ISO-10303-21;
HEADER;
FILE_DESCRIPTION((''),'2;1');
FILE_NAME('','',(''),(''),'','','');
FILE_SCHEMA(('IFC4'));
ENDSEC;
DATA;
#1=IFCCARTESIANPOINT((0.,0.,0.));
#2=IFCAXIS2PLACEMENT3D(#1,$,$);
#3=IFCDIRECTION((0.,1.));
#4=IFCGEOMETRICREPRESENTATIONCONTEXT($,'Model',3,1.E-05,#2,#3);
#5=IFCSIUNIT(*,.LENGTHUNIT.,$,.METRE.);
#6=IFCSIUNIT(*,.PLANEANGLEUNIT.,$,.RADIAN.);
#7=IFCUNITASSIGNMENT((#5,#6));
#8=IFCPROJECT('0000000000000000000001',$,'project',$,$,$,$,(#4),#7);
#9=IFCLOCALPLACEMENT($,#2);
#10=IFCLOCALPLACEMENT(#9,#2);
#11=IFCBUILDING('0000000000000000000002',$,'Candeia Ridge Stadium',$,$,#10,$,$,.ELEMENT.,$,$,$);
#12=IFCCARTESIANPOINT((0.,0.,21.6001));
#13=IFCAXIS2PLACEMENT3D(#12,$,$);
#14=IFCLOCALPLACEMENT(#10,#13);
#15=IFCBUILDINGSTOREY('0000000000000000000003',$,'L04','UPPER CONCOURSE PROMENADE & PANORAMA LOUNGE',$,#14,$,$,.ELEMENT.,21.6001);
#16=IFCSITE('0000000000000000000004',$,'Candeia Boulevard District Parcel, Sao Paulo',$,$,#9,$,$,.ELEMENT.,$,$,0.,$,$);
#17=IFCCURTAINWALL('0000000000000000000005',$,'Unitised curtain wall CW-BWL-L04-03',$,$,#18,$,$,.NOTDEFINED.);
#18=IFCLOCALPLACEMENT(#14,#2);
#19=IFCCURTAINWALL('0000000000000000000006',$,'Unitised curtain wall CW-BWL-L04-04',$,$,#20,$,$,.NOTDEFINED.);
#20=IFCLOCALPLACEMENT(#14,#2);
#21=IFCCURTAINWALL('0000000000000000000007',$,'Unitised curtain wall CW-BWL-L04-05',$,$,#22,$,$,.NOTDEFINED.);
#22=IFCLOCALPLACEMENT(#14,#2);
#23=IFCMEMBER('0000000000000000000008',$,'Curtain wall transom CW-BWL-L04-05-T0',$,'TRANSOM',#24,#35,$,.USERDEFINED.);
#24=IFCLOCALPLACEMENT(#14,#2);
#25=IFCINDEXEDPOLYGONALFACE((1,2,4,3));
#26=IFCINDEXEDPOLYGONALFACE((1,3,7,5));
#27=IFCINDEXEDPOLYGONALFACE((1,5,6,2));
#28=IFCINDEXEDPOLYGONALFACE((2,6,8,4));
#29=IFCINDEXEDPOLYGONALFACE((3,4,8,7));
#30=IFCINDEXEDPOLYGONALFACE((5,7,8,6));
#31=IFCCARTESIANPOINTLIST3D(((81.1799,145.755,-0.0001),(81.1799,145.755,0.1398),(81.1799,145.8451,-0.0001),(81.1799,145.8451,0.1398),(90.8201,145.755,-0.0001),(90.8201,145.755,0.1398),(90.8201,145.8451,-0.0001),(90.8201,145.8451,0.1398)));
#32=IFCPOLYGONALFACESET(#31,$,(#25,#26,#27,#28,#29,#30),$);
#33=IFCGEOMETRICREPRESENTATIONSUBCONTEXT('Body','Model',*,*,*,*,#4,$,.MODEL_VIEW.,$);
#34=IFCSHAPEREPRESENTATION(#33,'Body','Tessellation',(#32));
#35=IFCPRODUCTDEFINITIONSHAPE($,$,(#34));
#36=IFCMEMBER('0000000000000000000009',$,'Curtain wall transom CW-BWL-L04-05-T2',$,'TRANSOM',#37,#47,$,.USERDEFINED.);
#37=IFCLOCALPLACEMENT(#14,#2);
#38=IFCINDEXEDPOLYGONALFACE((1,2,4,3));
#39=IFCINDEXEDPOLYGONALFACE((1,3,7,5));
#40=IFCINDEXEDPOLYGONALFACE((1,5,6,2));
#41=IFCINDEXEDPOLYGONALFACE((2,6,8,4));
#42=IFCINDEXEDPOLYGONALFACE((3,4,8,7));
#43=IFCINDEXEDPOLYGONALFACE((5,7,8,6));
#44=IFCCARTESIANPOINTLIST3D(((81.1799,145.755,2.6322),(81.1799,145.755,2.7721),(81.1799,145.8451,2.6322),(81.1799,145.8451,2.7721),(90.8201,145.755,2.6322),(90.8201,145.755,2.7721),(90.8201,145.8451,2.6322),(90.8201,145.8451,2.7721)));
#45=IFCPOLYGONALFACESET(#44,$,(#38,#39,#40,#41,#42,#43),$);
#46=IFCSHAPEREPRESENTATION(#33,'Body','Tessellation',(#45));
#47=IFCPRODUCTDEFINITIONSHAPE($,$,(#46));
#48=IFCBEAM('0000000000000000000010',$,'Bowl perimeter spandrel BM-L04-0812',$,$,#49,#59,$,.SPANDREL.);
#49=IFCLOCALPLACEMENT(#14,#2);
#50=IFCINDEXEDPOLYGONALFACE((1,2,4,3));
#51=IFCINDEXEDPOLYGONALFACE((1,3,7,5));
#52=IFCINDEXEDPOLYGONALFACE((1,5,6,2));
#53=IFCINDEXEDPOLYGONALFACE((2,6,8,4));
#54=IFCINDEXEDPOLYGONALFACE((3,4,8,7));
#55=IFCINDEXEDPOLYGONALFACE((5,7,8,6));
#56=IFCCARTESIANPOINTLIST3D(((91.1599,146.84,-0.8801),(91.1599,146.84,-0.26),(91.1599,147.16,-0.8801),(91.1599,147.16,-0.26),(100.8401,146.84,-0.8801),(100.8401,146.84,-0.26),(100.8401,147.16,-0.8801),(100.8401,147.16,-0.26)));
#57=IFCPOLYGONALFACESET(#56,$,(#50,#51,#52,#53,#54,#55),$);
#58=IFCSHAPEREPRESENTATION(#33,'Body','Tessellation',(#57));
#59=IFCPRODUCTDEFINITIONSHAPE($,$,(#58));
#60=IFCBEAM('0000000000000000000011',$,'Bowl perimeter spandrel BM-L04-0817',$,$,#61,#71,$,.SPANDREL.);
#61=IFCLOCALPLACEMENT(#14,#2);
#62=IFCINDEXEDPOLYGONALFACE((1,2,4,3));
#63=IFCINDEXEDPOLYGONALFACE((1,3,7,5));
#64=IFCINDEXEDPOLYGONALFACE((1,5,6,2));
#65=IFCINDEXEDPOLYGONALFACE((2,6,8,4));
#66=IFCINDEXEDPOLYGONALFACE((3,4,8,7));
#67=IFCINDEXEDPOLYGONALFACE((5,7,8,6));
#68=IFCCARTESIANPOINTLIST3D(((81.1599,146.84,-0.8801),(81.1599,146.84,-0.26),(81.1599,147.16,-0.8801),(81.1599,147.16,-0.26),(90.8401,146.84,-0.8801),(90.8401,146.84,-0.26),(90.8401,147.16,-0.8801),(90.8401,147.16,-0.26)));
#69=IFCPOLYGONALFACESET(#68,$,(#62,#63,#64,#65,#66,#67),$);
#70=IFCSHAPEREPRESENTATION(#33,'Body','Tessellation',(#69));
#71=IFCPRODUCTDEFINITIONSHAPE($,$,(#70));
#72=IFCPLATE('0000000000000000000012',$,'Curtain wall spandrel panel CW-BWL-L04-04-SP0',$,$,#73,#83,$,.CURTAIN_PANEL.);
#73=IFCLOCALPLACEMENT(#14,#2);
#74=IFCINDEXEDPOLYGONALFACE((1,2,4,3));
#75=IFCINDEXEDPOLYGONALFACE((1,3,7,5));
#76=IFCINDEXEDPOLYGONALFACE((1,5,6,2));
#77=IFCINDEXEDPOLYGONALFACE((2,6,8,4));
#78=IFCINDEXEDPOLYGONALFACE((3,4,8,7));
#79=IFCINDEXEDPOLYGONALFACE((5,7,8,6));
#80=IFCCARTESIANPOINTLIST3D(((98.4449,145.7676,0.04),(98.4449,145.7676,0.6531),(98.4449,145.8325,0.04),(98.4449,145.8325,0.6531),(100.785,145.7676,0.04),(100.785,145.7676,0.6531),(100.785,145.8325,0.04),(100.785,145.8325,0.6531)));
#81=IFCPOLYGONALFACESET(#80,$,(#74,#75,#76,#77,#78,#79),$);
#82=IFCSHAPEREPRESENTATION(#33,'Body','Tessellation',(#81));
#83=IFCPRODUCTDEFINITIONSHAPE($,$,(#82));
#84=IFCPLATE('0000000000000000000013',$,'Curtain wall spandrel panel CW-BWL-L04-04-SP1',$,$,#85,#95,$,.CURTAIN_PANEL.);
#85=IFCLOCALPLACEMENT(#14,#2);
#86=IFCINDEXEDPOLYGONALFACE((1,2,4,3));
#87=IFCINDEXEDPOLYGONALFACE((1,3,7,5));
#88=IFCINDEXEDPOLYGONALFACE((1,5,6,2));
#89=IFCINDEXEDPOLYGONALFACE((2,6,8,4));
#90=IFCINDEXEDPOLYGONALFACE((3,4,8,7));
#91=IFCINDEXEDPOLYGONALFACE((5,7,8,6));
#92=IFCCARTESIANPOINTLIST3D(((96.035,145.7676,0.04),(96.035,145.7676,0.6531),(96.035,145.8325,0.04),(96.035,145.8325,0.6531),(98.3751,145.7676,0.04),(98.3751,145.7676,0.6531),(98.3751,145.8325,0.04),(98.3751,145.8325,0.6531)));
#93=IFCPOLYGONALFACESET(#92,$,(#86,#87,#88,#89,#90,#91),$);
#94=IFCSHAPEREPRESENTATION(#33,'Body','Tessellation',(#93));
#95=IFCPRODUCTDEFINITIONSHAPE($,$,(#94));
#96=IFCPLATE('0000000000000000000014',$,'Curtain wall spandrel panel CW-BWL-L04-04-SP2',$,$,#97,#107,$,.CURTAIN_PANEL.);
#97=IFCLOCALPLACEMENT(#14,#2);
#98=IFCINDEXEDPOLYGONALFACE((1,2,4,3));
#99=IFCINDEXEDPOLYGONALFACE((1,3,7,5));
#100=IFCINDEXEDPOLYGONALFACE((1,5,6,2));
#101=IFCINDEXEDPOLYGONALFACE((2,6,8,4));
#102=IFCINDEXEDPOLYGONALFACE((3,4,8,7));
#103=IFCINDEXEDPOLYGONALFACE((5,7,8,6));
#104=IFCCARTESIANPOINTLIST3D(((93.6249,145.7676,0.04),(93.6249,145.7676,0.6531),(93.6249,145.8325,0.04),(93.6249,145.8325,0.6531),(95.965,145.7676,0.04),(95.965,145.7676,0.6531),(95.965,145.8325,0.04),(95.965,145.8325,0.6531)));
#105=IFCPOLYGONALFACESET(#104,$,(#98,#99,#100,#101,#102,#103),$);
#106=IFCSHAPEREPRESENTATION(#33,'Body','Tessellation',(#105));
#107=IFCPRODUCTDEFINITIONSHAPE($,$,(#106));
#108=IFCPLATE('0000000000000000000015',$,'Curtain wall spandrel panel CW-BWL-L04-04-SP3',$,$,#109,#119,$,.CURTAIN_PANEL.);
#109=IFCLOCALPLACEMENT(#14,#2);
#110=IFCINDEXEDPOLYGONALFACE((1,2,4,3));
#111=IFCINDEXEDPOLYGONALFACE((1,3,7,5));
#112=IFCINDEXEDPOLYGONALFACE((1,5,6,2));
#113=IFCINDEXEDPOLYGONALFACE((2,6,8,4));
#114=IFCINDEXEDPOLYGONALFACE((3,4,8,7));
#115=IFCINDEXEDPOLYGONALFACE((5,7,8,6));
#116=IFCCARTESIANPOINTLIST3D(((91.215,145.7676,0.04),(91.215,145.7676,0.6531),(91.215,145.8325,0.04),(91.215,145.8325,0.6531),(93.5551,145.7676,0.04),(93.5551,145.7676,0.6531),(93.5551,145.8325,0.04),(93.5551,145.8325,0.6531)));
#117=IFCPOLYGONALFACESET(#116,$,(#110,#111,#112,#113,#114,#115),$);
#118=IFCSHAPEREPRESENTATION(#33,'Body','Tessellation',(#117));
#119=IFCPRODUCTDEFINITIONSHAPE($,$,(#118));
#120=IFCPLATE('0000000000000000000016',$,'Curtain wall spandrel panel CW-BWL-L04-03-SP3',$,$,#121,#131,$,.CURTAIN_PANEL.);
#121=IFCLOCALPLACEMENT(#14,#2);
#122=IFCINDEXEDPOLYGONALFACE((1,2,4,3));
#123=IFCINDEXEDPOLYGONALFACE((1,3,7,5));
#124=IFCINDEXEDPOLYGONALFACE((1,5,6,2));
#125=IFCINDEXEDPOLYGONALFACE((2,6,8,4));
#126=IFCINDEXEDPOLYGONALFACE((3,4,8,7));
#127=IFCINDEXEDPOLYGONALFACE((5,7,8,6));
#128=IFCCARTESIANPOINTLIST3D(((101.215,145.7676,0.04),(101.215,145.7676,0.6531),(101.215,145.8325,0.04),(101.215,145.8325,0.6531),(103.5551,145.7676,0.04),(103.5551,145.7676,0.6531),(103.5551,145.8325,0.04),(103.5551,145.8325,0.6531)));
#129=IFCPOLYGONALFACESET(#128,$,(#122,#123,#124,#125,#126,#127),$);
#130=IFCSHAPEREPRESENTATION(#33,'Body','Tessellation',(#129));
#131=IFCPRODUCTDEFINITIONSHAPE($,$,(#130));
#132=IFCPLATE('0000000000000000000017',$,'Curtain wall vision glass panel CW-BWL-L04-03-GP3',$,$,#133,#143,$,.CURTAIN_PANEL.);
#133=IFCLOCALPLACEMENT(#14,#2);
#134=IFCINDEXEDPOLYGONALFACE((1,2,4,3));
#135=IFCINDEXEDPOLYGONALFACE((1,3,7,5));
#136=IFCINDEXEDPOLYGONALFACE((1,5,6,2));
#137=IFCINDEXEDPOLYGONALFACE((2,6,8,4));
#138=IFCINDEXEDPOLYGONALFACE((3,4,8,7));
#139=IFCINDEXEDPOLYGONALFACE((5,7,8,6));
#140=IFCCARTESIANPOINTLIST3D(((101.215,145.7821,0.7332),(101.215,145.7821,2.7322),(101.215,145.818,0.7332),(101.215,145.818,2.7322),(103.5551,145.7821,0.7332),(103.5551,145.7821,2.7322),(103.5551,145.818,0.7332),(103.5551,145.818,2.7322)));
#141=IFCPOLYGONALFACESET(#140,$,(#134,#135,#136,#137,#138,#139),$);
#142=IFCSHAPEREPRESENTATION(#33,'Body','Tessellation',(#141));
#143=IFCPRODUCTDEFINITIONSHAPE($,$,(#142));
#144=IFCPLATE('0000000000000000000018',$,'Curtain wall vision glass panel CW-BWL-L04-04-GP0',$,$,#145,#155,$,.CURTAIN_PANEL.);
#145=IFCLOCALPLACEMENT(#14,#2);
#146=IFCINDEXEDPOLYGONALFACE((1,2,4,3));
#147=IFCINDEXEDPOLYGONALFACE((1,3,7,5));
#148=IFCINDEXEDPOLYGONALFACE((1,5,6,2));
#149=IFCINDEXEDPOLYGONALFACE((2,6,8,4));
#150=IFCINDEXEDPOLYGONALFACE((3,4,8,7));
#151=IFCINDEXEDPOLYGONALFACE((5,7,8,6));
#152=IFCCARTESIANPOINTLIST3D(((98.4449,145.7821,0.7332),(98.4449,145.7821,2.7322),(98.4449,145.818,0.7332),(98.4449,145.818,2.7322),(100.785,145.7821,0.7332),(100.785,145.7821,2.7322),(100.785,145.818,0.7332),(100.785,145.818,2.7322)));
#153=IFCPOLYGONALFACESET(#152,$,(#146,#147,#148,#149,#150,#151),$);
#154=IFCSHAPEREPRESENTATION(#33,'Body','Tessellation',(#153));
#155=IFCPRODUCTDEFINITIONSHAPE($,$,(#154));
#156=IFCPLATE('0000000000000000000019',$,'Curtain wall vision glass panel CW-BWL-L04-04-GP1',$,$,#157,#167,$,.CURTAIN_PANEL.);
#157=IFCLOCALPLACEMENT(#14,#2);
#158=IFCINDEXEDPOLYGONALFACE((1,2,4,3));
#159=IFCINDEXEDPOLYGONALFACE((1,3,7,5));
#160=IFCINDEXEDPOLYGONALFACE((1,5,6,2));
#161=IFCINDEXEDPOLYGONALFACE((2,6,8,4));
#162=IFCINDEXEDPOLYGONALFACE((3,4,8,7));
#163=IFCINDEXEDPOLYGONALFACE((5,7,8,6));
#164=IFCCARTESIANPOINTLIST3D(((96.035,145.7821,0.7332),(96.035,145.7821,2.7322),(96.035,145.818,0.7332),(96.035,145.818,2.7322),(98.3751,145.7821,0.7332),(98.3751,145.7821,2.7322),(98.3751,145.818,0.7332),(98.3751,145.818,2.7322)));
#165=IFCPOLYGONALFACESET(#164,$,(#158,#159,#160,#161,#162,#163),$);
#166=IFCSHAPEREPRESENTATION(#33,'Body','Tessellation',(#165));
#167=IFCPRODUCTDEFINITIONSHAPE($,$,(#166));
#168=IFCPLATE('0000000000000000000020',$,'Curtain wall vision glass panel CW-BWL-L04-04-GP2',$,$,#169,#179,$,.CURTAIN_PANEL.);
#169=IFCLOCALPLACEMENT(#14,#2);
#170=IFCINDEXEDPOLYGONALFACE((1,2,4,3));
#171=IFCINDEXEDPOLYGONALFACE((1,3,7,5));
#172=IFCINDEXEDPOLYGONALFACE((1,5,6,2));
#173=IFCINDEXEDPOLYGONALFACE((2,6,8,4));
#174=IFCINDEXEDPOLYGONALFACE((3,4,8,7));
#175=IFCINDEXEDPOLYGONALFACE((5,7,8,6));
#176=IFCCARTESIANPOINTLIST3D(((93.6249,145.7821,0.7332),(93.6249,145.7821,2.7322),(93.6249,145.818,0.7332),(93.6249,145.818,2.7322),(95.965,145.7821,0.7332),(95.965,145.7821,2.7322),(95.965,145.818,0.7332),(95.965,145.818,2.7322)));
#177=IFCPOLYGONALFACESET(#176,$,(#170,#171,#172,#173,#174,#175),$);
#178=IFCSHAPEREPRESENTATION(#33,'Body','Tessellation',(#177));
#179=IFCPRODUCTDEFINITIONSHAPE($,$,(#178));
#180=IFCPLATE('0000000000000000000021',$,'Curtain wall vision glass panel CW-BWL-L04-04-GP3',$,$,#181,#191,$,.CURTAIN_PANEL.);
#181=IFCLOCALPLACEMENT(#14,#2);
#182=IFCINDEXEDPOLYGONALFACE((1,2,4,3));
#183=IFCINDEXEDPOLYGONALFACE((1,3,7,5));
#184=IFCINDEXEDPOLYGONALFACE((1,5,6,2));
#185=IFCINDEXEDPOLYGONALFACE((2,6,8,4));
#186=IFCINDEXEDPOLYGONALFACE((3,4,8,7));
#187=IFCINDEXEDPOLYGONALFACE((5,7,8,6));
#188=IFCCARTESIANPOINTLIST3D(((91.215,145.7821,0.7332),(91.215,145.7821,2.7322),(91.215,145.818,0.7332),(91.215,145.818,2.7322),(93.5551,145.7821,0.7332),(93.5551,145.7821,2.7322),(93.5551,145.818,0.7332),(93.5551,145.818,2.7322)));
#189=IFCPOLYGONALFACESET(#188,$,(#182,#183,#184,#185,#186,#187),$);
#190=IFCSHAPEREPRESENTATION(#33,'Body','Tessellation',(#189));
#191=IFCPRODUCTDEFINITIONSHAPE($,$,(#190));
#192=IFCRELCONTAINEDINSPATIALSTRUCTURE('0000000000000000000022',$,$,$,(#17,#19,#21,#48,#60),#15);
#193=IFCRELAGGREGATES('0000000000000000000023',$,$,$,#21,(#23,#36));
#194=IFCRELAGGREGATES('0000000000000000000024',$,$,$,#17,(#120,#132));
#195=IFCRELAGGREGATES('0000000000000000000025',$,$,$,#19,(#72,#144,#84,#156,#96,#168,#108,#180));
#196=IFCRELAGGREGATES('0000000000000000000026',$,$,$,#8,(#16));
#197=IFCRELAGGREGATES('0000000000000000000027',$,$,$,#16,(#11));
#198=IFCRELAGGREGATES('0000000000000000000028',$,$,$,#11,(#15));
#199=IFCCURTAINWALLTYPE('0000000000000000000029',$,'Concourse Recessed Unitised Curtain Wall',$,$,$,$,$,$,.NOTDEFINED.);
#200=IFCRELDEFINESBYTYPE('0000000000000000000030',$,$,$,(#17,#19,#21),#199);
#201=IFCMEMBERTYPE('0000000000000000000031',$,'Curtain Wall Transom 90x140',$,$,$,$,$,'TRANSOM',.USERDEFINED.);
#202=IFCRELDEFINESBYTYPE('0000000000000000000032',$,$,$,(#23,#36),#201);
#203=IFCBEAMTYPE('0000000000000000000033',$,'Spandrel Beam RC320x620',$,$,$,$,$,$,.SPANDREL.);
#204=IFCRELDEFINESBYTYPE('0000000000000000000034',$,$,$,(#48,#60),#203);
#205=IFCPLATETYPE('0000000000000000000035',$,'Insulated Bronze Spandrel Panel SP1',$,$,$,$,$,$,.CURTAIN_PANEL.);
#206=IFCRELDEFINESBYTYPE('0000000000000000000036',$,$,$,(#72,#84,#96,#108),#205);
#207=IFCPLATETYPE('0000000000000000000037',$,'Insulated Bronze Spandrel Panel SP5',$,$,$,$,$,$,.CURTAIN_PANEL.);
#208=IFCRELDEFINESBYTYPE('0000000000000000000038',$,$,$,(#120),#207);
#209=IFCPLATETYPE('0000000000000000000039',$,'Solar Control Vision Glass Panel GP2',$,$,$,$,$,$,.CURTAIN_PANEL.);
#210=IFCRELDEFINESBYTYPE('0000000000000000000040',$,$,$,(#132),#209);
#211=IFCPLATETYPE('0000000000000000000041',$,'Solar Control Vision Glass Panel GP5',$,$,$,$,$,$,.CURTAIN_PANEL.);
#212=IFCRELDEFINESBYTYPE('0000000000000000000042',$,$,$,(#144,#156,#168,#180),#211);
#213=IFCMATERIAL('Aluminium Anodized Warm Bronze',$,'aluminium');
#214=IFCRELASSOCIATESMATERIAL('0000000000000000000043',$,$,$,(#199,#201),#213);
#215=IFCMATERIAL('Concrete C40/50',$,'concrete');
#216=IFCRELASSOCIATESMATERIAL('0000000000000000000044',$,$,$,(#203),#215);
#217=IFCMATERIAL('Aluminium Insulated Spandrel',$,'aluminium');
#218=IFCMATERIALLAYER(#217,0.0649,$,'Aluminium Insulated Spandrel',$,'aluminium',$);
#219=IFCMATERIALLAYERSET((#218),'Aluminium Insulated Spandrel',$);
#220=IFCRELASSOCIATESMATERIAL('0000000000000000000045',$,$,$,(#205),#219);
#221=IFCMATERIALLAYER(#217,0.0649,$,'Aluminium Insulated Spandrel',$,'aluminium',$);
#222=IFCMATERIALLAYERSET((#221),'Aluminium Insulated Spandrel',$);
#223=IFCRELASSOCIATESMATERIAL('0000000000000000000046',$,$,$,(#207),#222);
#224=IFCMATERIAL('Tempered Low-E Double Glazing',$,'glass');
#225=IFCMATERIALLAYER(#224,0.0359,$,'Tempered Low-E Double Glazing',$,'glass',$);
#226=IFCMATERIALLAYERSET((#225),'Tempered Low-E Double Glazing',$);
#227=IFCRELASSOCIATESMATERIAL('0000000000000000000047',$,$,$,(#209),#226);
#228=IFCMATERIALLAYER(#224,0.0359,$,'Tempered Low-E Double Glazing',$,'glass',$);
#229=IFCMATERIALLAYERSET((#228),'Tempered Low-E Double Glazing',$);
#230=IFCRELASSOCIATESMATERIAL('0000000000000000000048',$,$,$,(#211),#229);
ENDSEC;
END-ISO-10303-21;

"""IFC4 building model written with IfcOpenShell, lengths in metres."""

from ifc_helpers import new_model, si_unit, direction, frame, origin, origin_2d, place, context, subcontext, project, spatial, rectangle, extrude, material, layer, layer_set, material_profile, profile_set, type_object, element, aggregate, save


model = new_model("IFC4")

# Units and contexts
model_context = context("Model", 3, precision=1e-05, world=origin(), true_north=direction((0.0, 1.0)))
body_context = subcontext(model_context, "Body", "Model", "MODEL_VIEW")
ifc_project = project(units=[si_unit("LENGTHUNIT", "METRE"), si_unit("PLANEANGLEUNIT", "RADIAN")], contexts=[model_context])

# Site, building, storey
site_placement = place(None, origin())
site = spatial("IfcSite", under=ifc_project, at=site_placement, Name="Candeia Boulevard District Parcel, Sao Paulo", CompositionType="ELEMENT", RefElevation=0.0)
building_placement = place(site_placement, origin())
building = spatial("IfcBuilding", under=site, at=building_placement, Name="Candeia Ridge Stadium", CompositionType="ELEMENT")
storey_placement = place(building_placement, frame((0.0, 0.0, 21.6001)))
storey = spatial("IfcBuildingStorey", under=building, at=storey_placement, Name="L04", Description="UPPER CONCOURSE PROMENADE & PANORAMA LOUNGE", CompositionType="ELEMENT", Elevation=21.6001)

# Curtain wall
ifc_material_1 = material(Name="Aluminium Anodized Warm Bronze", Category="aluminium")
curtain_wall_type = type_object("IfcCurtainWallType", Name="Concourse Recessed Unitised Curtain Wall", PredefinedType="NOTDEFINED", material=ifc_material_1)
curtain_wall_1_placement = place(storey_placement, origin())
curtain_wall_1 = element("IfcCurtainWall", 1, at=curtain_wall_1_placement, inside=storey, type_object=curtain_wall_type, Name="Unitised curtain wall CW-BWL-L04-03", PredefinedType="NOTDEFINED")

# Curtain wall
curtain_wall_2_placement = place(storey_placement, origin())
curtain_wall_2 = element("IfcCurtainWall", 2, at=curtain_wall_2_placement, inside=storey, type_object=curtain_wall_type, Name="Unitised curtain wall CW-BWL-L04-04", PredefinedType="NOTDEFINED")

# Curtain wall
curtain_wall_3_placement = place(storey_placement, origin())
curtain_wall_3 = element("IfcCurtainWall", 3, at=curtain_wall_3_placement, inside=storey, type_object=curtain_wall_type, Name="Unitised curtain wall CW-BWL-L04-05", PredefinedType="NOTDEFINED")

# Members
ifc_material_profile_1 = material_profile(ifc_material_1, rectangle(XDim=0.0901, YDim=0.1399, at=origin_2d()), Name="CWT-90x140", Category="aluminium")
ifc_profile_set_1 = profile_set([ifc_material_profile_1], Name="Aluminium Anodized Warm Bronze")
member_type_1 = type_object("IfcMemberType", Name="Curtain Wall Transom 90x140", ElementType="TRANSOM", PredefinedType="USERDEFINED", material=ifc_profile_set_1)
member_1_placement = place(storey_placement, frame((90.8201, 145.8, 0.0698), z_axis=(-1.0, 0.0, 0.0), x_axis=(0.0, -1.0, 0.0)))
member_1 = element("IfcMember", 4, at=member_1_placement, type_object=member_type_1, Name="Curtain wall transom CW-BWL-L04-05-T0", ObjectType="TRANSOM", PredefinedType="USERDEFINED", context=body_context, shape_type="SweptSolid", body=[
    extrude(rectangle(XDim=0.0901, YDim=0.1399, at=origin_2d()), origin(), (0.0, 0.0, 1.0), 9.6401),
])
member_2_placement = place(storey_placement, frame((90.8201, 145.8, 2.7021), z_axis=(-1.0, 0.0, 0.0), x_axis=(0.0, -1.0, 0.0)))
member_2 = element("IfcMember", 5, at=member_2_placement, type_object=member_type_1, Name="Curtain wall transom CW-BWL-L04-05-T2", ObjectType="TRANSOM", PredefinedType="USERDEFINED", context=body_context, shape_type="SweptSolid", body=[
    extrude(rectangle(XDim=0.0901, YDim=0.1399, at=origin_2d()), origin(), (0.0, 0.0, 1.0), 9.6401),
])
aggregate(curtain_wall_3, [member_1, member_2])

# Beams
ifc_material_2 = material(Name="Concrete C40/50", Category="concrete")
ifc_material_profile_2 = material_profile(ifc_material_2, rectangle(XDim=0.3201, YDim=0.6201, at=origin_2d()), Name="RC320x620", Category="concrete")
ifc_profile_set_2 = profile_set([ifc_material_profile_2], Name="Concrete C40/50")
beam_type = type_object("IfcBeamType", Name="Spandrel Beam RC320x620", PredefinedType="SPANDREL", material=ifc_profile_set_2)
for number, where, z_axis, x_axis, name in (
    (6, (100.8401, 147.0, -0.5701), (-1.0, 0.0, 0.0), (0.0, -1.0, 0.0), "Bowl perimeter spandrel BM-L04-0812"),
    (7, (90.8401, 147.0, -0.5701), (-1.0, 0.0, 0.0), (0.0, -1.0, 0.0), "Bowl perimeter spandrel BM-L04-0817"),
):
    element("IfcBeam", number, at=place(storey_placement, frame(where, z_axis=z_axis, x_axis=x_axis)), inside=storey, type_object=beam_type, Name=name, PredefinedType="SPANDREL", context=body_context, shape_type="SweptSolid", body=[
        extrude(rectangle(XDim=0.3201, YDim=0.6201, at=origin_2d()), origin(), (0.0, 0.0, 1.0), 9.6802),
    ])

# Plates
ifc_material_3 = material(Name="Aluminium Insulated Spandrel", Category="aluminium")
ifc_layer_1 = layer(ifc_material_3, 0.0649, Name="Aluminium Insulated Spandrel", Category="aluminium")
ifc_layer_set_1 = layer_set([ifc_layer_1], Name="Aluminium Insulated Spandrel")
plate_type_1 = type_object("IfcPlateType", Name="Insulated Bronze Spandrel Panel SP1", PredefinedType="CURTAIN_PANEL", material=ifc_layer_set_1)
plate_1_placement = place(storey_placement, frame((99.615, 145.8, 0.04), z_axis=(0.0, 0.0, 1.0), x_axis=(-1.0, 0.0, 0.0)))
plate_1 = element("IfcPlate", 8, at=plate_1_placement, type_object=plate_type_1, Name="Curtain wall spandrel panel CW-BWL-L04-04-SP0", PredefinedType="CURTAIN_PANEL", context=body_context, shape_type="SweptSolid", body=[
    extrude(rectangle(XDim=2.3401, YDim=0.0649, at=origin_2d()), origin(), (0.0, 0.0, 1.0), 0.613),
])
plate_2_placement = place(storey_placement, frame((97.2051, 145.8, 0.04), z_axis=(0.0, 0.0, 1.0), x_axis=(-1.0, 0.0, 0.0)))
plate_2 = element("IfcPlate", 9, at=plate_2_placement, type_object=plate_type_1, Name="Curtain wall spandrel panel CW-BWL-L04-04-SP1", PredefinedType="CURTAIN_PANEL", context=body_context, shape_type="SweptSolid", body=[
    extrude(rectangle(XDim=2.3401, YDim=0.0649, at=origin_2d()), origin(), (0.0, 0.0, 1.0), 0.613),
])
plate_3_placement = place(storey_placement, frame((94.7949, 145.8, 0.04), z_axis=(0.0, 0.0, 1.0), x_axis=(-1.0, 0.0, 0.0)))
plate_3 = element("IfcPlate", 10, at=plate_3_placement, type_object=plate_type_1, Name="Curtain wall spandrel panel CW-BWL-L04-04-SP2", PredefinedType="CURTAIN_PANEL", context=body_context, shape_type="SweptSolid", body=[
    extrude(rectangle(XDim=2.3401, YDim=0.0649, at=origin_2d()), origin(), (0.0, 0.0, 1.0), 0.613),
])
plate_4_placement = place(storey_placement, frame((92.385, 145.8, 0.04), z_axis=(0.0, 0.0, 1.0), x_axis=(-1.0, 0.0, 0.0)))
plate_4 = element("IfcPlate", 11, at=plate_4_placement, type_object=plate_type_1, Name="Curtain wall spandrel panel CW-BWL-L04-04-SP3", PredefinedType="CURTAIN_PANEL", context=body_context, shape_type="SweptSolid", body=[
    extrude(rectangle(XDim=2.3401, YDim=0.0649, at=origin_2d()), origin(), (0.0, 0.0, 1.0), 0.613),
])
ifc_layer_2 = layer(ifc_material_3, 0.0649, Name="Aluminium Insulated Spandrel", Category="aluminium")
ifc_layer_set_2 = layer_set([ifc_layer_2], Name="Aluminium Insulated Spandrel")
plate_type_2 = type_object("IfcPlateType", Name="Insulated Bronze Spandrel Panel SP5", PredefinedType="CURTAIN_PANEL", material=ifc_layer_set_2)
plate_5_placement = place(storey_placement, frame((102.385, 145.8, 0.04), z_axis=(0.0, 0.0, 1.0), x_axis=(-1.0, 0.0, 0.0)))
plate_5 = element("IfcPlate", 12, at=plate_5_placement, type_object=plate_type_2, Name="Curtain wall spandrel panel CW-BWL-L04-03-SP3", PredefinedType="CURTAIN_PANEL", context=body_context, shape_type="SweptSolid", body=[
    extrude(rectangle(XDim=2.3401, YDim=0.0649, at=origin_2d()), origin(), (0.0, 0.0, 1.0), 0.613),
])
ifc_material_4 = material(Name="Tempered Low-E Double Glazing", Category="glass")
ifc_layer_3 = layer(ifc_material_4, 0.0359, Name="Tempered Low-E Double Glazing", Category="glass")
ifc_layer_set_3 = layer_set([ifc_layer_3], Name="Tempered Low-E Double Glazing")
plate_type_3 = type_object("IfcPlateType", Name="Solar Control Vision Glass Panel GP2", PredefinedType="CURTAIN_PANEL", material=ifc_layer_set_3)
plate_6_placement = place(storey_placement, frame((102.385, 145.8, 0.7332), z_axis=(0.0, 0.0, 1.0), x_axis=(-1.0, 0.0, 0.0)))
plate_6 = element("IfcPlate", 13, at=plate_6_placement, type_object=plate_type_3, Name="Curtain wall vision glass panel CW-BWL-L04-03-GP3", PredefinedType="CURTAIN_PANEL", context=body_context, shape_type="SweptSolid", body=[
    extrude(rectangle(XDim=2.3401, YDim=0.0359, at=origin_2d()), origin(), (0.0, 0.0, 1.0), 1.999),
])
aggregate(curtain_wall_1, [plate_5, plate_6])
ifc_layer_4 = layer(ifc_material_4, 0.0359, Name="Tempered Low-E Double Glazing", Category="glass")
ifc_layer_set_4 = layer_set([ifc_layer_4], Name="Tempered Low-E Double Glazing")
plate_type_4 = type_object("IfcPlateType", Name="Solar Control Vision Glass Panel GP5", PredefinedType="CURTAIN_PANEL", material=ifc_layer_set_4)
plate_7_placement = place(storey_placement, frame((99.615, 145.8, 0.7332), z_axis=(0.0, 0.0, 1.0), x_axis=(-1.0, 0.0, 0.0)))
plate_7 = element("IfcPlate", 14, at=plate_7_placement, type_object=plate_type_4, Name="Curtain wall vision glass panel CW-BWL-L04-04-GP0", PredefinedType="CURTAIN_PANEL", context=body_context, shape_type="SweptSolid", body=[
    extrude(rectangle(XDim=2.3401, YDim=0.0359, at=origin_2d()), origin(), (0.0, 0.0, 1.0), 1.999),
])
plate_8_placement = place(storey_placement, frame((97.2051, 145.8, 0.7332), z_axis=(0.0, 0.0, 1.0), x_axis=(-1.0, 0.0, 0.0)))
plate_8 = element("IfcPlate", 15, at=plate_8_placement, type_object=plate_type_4, Name="Curtain wall vision glass panel CW-BWL-L04-04-GP1", PredefinedType="CURTAIN_PANEL", context=body_context, shape_type="SweptSolid", body=[
    extrude(rectangle(XDim=2.3401, YDim=0.0359, at=origin_2d()), origin(), (0.0, 0.0, 1.0), 1.999),
])
plate_9_placement = place(storey_placement, frame((94.7949, 145.8, 0.7332), z_axis=(0.0, 0.0, 1.0), x_axis=(-1.0, 0.0, 0.0)))
plate_9 = element("IfcPlate", 16, at=plate_9_placement, type_object=plate_type_4, Name="Curtain wall vision glass panel CW-BWL-L04-04-GP2", PredefinedType="CURTAIN_PANEL", context=body_context, shape_type="SweptSolid", body=[
    extrude(rectangle(XDim=2.3401, YDim=0.0359, at=origin_2d()), origin(), (0.0, 0.0, 1.0), 1.999),
])
plate_10_placement = place(storey_placement, frame((92.385, 145.8, 0.7332), z_axis=(0.0, 0.0, 1.0), x_axis=(-1.0, 0.0, 0.0)))
plate_10 = element("IfcPlate", 17, at=plate_10_placement, type_object=plate_type_4, Name="Curtain wall vision glass panel CW-BWL-L04-04-GP3", PredefinedType="CURTAIN_PANEL", context=body_context, shape_type="SweptSolid", body=[
    extrude(rectangle(XDim=2.3401, YDim=0.0359, at=origin_2d()), origin(), (0.0, 0.0, 1.0), 1.999),
])
aggregate(curtain_wall_2, [plate_1, plate_7, plate_2, plate_8, plate_3, plate_9, plate_4, plate_10])

save(model, "model.ifc")
